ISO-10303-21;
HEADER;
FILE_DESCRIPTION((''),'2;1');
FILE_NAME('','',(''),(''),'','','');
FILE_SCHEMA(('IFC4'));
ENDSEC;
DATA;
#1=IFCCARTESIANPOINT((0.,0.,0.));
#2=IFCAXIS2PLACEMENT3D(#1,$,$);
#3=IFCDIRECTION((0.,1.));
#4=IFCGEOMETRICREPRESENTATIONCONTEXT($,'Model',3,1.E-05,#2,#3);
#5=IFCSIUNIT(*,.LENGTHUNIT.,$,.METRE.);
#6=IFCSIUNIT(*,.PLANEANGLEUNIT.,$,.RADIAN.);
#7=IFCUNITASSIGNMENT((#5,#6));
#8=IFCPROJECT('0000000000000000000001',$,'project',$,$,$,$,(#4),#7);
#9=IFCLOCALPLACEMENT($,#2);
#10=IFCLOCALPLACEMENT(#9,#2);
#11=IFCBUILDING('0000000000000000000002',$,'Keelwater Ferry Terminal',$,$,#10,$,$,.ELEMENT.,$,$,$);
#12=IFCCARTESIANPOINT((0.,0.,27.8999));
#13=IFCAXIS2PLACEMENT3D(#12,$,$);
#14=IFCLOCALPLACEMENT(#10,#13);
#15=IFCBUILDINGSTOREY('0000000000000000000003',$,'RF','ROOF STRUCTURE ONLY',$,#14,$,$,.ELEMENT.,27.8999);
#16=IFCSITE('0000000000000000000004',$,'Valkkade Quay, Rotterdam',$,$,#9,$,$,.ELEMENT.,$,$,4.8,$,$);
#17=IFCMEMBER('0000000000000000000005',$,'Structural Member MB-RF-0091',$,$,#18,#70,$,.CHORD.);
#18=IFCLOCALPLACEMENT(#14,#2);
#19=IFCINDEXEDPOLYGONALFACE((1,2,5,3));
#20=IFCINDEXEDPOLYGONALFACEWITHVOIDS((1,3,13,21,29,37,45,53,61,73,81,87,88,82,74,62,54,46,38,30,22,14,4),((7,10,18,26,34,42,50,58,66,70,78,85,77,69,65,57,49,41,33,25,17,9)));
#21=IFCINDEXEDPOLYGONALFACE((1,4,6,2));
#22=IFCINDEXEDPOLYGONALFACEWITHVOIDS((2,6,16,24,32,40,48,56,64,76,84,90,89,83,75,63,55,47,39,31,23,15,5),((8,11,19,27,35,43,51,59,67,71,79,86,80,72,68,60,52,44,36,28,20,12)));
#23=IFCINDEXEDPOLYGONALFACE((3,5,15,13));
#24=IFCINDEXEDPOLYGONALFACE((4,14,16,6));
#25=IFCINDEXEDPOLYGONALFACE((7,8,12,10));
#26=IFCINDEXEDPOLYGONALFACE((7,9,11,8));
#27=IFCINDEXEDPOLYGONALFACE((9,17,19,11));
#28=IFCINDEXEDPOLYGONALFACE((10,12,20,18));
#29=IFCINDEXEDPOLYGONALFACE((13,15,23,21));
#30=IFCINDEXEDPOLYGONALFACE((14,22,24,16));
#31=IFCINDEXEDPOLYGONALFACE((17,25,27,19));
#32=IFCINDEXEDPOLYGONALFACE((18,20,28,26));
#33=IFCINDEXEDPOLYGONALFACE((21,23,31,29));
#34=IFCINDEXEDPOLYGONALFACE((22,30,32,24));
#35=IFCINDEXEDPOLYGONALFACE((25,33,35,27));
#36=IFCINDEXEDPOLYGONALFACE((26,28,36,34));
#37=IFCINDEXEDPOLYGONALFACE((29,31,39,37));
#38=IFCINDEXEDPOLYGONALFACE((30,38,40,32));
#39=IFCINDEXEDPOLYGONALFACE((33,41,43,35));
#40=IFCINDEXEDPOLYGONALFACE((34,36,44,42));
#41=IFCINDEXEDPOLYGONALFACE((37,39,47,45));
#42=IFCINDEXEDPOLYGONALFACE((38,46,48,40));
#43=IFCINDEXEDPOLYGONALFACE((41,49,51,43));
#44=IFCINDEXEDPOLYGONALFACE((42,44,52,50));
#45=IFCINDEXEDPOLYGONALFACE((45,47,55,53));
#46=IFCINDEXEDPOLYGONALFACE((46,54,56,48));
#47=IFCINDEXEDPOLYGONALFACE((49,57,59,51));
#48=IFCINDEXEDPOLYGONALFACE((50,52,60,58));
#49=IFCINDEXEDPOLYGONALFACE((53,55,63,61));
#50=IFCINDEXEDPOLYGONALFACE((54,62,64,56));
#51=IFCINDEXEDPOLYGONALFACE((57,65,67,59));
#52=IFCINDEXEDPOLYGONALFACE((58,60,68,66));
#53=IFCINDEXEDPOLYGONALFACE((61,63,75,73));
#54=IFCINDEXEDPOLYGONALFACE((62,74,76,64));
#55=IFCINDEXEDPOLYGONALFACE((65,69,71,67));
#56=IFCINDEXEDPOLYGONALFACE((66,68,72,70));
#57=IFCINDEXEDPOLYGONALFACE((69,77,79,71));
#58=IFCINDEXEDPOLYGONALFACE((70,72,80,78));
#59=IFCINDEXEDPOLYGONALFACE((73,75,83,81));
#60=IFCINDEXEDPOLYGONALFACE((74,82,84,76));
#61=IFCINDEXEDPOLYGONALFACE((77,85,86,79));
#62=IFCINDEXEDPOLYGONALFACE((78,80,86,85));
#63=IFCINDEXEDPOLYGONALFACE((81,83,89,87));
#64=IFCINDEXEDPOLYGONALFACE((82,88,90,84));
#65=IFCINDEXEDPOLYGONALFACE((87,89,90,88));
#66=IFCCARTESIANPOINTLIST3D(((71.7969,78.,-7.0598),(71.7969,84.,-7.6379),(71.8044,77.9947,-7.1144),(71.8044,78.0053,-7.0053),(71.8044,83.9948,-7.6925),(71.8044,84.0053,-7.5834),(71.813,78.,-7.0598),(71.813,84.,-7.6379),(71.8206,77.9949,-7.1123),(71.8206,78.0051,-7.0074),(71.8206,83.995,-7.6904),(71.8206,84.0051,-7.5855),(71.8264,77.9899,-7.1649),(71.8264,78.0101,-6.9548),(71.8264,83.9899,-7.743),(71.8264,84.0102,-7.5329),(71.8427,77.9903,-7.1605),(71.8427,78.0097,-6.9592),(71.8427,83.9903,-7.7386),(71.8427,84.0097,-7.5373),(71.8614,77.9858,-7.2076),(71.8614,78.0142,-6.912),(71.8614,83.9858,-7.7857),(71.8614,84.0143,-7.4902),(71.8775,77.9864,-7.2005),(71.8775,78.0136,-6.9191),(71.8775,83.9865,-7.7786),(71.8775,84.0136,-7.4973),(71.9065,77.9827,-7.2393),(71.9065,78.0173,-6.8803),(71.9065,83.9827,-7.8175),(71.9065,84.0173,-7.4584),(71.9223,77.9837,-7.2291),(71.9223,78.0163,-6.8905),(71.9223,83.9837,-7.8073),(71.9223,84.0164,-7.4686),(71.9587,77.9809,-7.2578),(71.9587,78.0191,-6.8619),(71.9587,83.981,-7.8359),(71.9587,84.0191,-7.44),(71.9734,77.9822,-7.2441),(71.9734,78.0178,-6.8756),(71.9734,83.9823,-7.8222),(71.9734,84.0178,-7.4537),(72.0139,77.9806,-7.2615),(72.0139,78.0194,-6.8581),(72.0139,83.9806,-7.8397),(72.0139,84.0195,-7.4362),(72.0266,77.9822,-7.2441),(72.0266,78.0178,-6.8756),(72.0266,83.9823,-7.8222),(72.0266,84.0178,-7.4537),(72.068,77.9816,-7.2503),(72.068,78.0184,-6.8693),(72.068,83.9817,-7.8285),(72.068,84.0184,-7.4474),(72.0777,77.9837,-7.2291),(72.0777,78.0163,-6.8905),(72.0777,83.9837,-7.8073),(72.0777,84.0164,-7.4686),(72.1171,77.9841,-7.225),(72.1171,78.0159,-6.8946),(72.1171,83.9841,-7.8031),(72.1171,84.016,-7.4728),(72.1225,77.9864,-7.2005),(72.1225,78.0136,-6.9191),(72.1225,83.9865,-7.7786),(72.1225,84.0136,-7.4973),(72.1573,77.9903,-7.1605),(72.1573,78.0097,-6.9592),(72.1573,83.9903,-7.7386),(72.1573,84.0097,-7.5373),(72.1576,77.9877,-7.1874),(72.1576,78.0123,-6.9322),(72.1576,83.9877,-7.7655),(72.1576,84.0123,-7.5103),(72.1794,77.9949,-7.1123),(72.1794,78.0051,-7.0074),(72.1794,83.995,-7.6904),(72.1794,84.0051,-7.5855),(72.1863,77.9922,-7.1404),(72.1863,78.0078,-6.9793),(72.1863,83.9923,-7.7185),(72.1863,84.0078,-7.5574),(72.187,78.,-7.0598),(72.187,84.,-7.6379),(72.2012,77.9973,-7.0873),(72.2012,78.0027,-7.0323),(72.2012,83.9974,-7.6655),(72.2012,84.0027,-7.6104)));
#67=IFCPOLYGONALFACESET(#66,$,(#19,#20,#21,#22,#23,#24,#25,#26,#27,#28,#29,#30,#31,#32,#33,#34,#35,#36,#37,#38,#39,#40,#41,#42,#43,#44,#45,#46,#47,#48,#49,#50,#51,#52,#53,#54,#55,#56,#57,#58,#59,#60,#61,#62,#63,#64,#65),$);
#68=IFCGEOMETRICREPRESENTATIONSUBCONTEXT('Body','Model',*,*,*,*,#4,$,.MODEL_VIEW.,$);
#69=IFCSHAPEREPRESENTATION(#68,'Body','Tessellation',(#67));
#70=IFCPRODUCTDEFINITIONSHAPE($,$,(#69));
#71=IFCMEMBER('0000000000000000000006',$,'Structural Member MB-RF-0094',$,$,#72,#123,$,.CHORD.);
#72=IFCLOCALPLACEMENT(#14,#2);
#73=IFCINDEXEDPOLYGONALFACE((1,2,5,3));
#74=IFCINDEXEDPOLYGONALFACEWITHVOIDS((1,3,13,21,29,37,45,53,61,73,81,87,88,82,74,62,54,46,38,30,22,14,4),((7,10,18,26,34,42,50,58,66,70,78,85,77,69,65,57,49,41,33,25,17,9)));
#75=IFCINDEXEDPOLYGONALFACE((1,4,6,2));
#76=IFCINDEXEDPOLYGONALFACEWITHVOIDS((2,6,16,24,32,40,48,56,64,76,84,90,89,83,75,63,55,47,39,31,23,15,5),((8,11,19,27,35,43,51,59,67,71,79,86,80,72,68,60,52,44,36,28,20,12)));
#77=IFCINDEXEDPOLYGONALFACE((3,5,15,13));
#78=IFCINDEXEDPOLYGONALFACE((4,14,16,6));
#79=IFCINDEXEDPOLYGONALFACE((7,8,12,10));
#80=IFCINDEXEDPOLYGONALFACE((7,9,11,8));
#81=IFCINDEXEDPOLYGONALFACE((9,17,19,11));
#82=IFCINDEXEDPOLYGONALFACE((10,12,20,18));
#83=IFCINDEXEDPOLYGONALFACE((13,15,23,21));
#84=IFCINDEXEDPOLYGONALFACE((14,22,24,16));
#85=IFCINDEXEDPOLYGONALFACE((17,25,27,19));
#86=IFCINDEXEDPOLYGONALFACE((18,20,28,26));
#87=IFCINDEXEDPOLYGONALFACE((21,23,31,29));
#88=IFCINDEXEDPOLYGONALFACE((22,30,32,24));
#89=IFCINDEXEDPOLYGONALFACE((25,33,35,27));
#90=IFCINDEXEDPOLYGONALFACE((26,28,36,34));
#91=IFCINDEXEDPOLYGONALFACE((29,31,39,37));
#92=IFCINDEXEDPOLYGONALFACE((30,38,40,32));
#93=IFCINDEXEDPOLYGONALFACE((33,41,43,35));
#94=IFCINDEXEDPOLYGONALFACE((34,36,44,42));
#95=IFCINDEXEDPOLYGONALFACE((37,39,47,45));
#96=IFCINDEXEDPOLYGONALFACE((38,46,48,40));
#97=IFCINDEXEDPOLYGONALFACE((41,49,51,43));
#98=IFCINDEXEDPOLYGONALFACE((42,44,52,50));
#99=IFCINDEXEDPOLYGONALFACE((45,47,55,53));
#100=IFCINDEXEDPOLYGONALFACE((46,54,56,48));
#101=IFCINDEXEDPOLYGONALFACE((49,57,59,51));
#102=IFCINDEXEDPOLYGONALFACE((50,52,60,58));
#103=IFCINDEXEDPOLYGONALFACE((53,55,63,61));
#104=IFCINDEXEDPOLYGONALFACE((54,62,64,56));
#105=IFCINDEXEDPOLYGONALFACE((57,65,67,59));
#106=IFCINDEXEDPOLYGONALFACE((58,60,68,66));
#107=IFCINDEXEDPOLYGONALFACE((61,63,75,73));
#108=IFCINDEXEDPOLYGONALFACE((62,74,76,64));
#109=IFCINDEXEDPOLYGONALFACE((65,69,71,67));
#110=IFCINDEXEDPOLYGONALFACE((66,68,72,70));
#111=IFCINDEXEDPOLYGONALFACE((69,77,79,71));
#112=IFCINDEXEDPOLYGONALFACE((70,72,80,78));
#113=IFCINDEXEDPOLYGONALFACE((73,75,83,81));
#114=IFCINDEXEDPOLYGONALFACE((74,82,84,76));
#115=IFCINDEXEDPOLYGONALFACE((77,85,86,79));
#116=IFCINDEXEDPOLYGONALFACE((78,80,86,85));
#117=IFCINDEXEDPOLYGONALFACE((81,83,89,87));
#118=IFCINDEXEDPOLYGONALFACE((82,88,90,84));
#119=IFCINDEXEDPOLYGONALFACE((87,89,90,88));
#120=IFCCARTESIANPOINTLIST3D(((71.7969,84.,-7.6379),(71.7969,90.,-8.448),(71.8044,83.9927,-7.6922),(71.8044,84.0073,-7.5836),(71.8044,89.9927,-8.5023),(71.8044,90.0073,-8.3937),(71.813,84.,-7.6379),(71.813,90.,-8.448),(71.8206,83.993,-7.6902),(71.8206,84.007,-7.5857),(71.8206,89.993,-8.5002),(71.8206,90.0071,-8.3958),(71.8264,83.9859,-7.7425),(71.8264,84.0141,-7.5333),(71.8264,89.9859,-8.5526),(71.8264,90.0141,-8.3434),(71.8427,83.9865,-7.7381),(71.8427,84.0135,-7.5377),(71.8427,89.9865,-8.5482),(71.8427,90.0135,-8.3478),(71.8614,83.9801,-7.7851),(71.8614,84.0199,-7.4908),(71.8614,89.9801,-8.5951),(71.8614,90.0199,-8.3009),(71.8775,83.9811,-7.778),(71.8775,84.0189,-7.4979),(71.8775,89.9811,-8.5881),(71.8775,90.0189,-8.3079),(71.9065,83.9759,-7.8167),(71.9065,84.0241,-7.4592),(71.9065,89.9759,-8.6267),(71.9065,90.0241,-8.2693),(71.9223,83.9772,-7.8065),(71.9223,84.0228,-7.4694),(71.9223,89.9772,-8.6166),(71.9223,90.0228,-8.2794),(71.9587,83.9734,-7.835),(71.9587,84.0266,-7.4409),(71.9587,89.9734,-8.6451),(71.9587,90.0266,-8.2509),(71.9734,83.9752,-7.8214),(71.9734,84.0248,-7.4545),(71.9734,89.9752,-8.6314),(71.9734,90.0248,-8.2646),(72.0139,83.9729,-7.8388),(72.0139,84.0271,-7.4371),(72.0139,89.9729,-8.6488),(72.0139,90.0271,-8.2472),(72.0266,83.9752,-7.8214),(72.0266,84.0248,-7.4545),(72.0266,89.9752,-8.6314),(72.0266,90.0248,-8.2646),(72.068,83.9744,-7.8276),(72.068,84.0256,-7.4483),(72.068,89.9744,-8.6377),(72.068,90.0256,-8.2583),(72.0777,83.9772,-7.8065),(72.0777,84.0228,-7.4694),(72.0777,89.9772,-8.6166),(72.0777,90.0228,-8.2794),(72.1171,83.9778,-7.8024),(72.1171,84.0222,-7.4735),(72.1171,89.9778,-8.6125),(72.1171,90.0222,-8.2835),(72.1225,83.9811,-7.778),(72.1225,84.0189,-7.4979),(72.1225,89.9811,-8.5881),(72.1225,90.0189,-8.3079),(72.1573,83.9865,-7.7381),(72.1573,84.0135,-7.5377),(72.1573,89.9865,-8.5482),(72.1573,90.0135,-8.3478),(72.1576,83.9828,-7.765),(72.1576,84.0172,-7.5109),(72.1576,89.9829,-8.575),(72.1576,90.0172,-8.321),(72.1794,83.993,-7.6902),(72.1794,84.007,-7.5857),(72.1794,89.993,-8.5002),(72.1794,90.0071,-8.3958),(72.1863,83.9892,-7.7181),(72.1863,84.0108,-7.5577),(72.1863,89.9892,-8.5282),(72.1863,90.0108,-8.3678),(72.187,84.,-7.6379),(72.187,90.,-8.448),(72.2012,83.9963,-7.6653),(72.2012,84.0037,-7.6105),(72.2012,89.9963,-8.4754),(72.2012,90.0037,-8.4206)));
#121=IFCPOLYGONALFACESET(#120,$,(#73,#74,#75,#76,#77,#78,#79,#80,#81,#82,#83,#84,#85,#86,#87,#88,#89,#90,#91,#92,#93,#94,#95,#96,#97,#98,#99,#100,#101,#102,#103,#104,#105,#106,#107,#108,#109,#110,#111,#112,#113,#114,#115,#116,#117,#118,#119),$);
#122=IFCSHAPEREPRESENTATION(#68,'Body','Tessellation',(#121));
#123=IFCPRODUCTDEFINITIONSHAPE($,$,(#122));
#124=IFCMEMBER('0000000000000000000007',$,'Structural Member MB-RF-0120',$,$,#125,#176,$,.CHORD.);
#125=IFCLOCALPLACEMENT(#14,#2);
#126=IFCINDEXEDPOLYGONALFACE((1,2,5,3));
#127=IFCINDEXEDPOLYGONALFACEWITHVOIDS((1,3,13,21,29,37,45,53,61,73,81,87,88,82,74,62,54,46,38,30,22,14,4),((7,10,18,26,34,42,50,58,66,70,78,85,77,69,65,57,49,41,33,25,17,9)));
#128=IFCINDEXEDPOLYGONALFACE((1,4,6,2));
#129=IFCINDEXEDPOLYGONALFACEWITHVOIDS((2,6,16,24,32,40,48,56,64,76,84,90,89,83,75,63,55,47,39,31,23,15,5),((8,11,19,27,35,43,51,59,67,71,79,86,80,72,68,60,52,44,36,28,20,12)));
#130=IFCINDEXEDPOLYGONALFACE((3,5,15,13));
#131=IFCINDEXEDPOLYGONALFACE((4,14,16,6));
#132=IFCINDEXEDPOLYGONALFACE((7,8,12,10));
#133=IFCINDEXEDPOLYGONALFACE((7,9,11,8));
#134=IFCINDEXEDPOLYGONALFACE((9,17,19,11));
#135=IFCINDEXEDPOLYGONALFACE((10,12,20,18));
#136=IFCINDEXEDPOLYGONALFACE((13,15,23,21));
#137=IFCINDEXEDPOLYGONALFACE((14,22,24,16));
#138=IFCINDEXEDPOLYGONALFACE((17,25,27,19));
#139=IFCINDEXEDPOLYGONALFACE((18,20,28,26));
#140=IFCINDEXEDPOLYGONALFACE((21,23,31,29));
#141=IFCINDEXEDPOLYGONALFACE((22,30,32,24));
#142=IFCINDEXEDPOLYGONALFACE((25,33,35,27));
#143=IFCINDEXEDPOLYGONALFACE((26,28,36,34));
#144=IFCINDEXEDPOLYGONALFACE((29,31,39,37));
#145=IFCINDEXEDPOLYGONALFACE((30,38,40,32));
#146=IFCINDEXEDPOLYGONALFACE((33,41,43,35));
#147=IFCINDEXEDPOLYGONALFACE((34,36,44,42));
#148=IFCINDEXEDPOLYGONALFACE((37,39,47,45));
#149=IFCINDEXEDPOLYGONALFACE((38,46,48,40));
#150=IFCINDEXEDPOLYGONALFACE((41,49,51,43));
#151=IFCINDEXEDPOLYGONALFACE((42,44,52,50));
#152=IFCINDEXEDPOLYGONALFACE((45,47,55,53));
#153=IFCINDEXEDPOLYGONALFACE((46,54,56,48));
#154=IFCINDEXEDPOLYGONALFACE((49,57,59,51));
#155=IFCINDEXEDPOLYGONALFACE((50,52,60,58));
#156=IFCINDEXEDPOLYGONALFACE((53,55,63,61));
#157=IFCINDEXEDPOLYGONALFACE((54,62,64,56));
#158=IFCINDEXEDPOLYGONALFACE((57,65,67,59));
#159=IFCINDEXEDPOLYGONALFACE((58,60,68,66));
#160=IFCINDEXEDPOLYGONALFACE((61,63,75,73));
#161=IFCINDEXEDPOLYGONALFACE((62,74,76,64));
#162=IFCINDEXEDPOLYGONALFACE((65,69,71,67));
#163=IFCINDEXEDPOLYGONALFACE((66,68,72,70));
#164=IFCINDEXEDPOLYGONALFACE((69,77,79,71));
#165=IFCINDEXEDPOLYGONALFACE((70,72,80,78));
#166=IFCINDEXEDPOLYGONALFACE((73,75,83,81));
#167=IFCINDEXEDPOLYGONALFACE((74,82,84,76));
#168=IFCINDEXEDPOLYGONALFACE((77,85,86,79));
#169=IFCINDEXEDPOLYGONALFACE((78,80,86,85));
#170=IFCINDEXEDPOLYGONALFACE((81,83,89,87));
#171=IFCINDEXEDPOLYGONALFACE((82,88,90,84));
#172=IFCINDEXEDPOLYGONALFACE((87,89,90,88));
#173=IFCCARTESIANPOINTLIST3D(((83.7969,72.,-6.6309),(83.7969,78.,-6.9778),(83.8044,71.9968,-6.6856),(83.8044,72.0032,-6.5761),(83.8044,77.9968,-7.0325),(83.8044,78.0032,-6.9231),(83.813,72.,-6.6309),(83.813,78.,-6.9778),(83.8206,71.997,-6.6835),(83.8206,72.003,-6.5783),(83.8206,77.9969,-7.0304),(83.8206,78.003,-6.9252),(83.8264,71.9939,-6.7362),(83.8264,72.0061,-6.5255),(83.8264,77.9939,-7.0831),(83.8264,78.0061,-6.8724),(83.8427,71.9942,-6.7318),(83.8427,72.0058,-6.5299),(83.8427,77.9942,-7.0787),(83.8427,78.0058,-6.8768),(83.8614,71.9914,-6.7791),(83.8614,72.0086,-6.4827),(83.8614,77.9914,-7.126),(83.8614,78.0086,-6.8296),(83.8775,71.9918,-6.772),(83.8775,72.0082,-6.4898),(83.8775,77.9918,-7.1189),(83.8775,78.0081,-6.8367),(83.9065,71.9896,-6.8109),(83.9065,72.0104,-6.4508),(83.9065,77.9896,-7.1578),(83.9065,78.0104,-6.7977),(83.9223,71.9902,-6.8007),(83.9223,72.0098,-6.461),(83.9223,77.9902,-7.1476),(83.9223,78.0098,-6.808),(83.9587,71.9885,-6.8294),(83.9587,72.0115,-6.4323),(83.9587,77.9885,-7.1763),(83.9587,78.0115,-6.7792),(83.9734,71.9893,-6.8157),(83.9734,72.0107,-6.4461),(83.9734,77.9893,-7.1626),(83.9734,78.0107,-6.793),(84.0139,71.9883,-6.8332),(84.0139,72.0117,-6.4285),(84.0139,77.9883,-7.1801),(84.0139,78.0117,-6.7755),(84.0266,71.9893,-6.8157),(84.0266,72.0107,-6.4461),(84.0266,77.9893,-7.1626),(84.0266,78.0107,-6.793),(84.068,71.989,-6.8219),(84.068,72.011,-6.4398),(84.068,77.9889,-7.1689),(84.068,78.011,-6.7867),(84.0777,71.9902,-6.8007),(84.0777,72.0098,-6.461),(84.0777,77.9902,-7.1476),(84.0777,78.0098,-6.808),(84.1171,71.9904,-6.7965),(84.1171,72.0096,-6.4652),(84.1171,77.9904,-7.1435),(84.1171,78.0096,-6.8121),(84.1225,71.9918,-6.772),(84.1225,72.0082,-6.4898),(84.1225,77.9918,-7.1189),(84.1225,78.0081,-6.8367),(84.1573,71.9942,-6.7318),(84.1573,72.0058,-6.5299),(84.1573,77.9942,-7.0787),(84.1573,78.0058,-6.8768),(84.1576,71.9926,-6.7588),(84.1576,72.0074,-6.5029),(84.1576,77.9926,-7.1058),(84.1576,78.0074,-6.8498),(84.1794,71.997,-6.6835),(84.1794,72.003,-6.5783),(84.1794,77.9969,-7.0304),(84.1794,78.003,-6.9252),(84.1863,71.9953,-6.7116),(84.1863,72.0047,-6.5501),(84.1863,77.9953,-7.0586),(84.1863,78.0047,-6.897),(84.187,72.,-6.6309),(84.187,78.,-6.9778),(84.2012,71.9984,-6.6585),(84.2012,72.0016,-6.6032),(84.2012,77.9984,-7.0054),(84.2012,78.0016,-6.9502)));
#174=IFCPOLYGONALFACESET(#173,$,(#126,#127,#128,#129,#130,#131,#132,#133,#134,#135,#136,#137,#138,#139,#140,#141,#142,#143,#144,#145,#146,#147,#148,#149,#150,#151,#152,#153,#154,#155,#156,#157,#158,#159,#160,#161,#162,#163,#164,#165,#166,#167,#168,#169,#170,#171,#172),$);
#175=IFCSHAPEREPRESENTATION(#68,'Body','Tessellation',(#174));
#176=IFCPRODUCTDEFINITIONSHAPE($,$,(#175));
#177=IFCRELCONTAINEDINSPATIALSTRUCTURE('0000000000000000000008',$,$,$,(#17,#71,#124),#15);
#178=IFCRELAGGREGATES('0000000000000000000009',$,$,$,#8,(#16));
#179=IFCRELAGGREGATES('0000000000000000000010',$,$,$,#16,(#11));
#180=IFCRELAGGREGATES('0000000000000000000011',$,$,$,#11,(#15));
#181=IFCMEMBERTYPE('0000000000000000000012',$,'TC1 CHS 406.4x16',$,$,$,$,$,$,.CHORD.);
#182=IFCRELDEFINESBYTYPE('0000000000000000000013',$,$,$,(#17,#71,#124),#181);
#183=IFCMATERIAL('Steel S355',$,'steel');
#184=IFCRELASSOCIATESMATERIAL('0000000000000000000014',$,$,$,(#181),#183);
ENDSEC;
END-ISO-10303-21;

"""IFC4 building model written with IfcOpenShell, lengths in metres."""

from ifc_helpers import new_model, si_unit, direction, frame, origin, origin_2d, place, context, subcontext, project, spatial, hollow_circle, extrude, material, material_profile, profile_set, type_object, element, save


model = new_model("IFC4")

# Units and contexts
model_context = context("Model", 3, precision=1e-05, world=origin(), true_north=direction((0.0, 1.0)))
body_context = subcontext(model_context, "Body", "Model", "MODEL_VIEW")
ifc_project = project(units=[si_unit("LENGTHUNIT", "METRE"), si_unit("PLANEANGLEUNIT", "RADIAN")], contexts=[model_context])

# Site, building, storey
site_placement = place(None, origin())
site = spatial("IfcSite", under=ifc_project, at=site_placement, Name="Valkkade Quay, Rotterdam", CompositionType="ELEMENT", RefElevation=4.8)
building_placement = place(site_placement, origin())
building = spatial("IfcBuilding", under=site, at=building_placement, Name="Keelwater Ferry Terminal", CompositionType="ELEMENT")
storey_placement = place(building_placement, frame((0.0, 0.0, 27.8999)))
storey = spatial("IfcBuildingStorey", under=building, at=storey_placement, Name="RF", Description="ROOF STRUCTURE ONLY", CompositionType="ELEMENT", Elevation=27.8999)

# Members
ifc_material_1 = material(Name="Steel S355", Category="steel")
ifc_material_profile_1 = material_profile(ifc_material_1, hollow_circle(Radius=0.2031, WallThickness=0.0161, at=origin_2d()), Name="CHS 406.4x16")
ifc_profile_set_1 = profile_set([ifc_material_profile_1], Name="Steel S355")
member_type_1 = type_object("IfcMemberType", Name="TC1 CHS 406.4x16", PredefinedType="CHORD", material=ifc_profile_set_1)
member_1_placement = place(storey_placement, frame((72.0, 78.0, -7.0598), z_axis=(0.0, 0.99539, -0.09591), x_axis=(-1.0, 0.0, 0.0)))
element("IfcMember", 1, at=member_1_placement, inside=storey, type_object=member_type_1, Name="Structural Member MB-RF-0091", PredefinedType="CHORD", context=body_context, shape_type="SweptSolid", body=[
    extrude(hollow_circle(Radius=0.2031, WallThickness=0.0161, at=origin_2d()), origin(), (0.0, 0.0, 1.0), 6.0278),
])
member_2_placement = place(storey_placement, frame((72.0, 84.0, -7.6379), z_axis=(0.0, 0.991009, -0.133796), x_axis=(-1.0, 0.0, 0.0)))
element("IfcMember", 2, at=member_2_placement, inside=storey, type_object=member_type_1, Name="Structural Member MB-RF-0094", PredefinedType="CHORD", context=body_context, shape_type="SweptSolid", body=[
    extrude(hollow_circle(Radius=0.2031, WallThickness=0.0161, at=origin_2d()), origin(), (0.0, 0.0, 1.0), 6.0544),
])
member_3_placement = place(storey_placement, frame((84.0, 72.0, -6.6309), z_axis=(0.0, 0.998333, -0.057724), x_axis=(-1.0, 0.0, 0.0)))
element("IfcMember", 3, at=member_3_placement, inside=storey, type_object=member_type_1, Name="Structural Member MB-RF-0120", PredefinedType="CHORD", context=body_context, shape_type="SweptSolid", body=[
    extrude(hollow_circle(Radius=0.2031, WallThickness=0.0161, at=origin_2d()), origin(), (0.0, 0.0, 1.0), 6.01),
])

save(model, "model.ifc")
